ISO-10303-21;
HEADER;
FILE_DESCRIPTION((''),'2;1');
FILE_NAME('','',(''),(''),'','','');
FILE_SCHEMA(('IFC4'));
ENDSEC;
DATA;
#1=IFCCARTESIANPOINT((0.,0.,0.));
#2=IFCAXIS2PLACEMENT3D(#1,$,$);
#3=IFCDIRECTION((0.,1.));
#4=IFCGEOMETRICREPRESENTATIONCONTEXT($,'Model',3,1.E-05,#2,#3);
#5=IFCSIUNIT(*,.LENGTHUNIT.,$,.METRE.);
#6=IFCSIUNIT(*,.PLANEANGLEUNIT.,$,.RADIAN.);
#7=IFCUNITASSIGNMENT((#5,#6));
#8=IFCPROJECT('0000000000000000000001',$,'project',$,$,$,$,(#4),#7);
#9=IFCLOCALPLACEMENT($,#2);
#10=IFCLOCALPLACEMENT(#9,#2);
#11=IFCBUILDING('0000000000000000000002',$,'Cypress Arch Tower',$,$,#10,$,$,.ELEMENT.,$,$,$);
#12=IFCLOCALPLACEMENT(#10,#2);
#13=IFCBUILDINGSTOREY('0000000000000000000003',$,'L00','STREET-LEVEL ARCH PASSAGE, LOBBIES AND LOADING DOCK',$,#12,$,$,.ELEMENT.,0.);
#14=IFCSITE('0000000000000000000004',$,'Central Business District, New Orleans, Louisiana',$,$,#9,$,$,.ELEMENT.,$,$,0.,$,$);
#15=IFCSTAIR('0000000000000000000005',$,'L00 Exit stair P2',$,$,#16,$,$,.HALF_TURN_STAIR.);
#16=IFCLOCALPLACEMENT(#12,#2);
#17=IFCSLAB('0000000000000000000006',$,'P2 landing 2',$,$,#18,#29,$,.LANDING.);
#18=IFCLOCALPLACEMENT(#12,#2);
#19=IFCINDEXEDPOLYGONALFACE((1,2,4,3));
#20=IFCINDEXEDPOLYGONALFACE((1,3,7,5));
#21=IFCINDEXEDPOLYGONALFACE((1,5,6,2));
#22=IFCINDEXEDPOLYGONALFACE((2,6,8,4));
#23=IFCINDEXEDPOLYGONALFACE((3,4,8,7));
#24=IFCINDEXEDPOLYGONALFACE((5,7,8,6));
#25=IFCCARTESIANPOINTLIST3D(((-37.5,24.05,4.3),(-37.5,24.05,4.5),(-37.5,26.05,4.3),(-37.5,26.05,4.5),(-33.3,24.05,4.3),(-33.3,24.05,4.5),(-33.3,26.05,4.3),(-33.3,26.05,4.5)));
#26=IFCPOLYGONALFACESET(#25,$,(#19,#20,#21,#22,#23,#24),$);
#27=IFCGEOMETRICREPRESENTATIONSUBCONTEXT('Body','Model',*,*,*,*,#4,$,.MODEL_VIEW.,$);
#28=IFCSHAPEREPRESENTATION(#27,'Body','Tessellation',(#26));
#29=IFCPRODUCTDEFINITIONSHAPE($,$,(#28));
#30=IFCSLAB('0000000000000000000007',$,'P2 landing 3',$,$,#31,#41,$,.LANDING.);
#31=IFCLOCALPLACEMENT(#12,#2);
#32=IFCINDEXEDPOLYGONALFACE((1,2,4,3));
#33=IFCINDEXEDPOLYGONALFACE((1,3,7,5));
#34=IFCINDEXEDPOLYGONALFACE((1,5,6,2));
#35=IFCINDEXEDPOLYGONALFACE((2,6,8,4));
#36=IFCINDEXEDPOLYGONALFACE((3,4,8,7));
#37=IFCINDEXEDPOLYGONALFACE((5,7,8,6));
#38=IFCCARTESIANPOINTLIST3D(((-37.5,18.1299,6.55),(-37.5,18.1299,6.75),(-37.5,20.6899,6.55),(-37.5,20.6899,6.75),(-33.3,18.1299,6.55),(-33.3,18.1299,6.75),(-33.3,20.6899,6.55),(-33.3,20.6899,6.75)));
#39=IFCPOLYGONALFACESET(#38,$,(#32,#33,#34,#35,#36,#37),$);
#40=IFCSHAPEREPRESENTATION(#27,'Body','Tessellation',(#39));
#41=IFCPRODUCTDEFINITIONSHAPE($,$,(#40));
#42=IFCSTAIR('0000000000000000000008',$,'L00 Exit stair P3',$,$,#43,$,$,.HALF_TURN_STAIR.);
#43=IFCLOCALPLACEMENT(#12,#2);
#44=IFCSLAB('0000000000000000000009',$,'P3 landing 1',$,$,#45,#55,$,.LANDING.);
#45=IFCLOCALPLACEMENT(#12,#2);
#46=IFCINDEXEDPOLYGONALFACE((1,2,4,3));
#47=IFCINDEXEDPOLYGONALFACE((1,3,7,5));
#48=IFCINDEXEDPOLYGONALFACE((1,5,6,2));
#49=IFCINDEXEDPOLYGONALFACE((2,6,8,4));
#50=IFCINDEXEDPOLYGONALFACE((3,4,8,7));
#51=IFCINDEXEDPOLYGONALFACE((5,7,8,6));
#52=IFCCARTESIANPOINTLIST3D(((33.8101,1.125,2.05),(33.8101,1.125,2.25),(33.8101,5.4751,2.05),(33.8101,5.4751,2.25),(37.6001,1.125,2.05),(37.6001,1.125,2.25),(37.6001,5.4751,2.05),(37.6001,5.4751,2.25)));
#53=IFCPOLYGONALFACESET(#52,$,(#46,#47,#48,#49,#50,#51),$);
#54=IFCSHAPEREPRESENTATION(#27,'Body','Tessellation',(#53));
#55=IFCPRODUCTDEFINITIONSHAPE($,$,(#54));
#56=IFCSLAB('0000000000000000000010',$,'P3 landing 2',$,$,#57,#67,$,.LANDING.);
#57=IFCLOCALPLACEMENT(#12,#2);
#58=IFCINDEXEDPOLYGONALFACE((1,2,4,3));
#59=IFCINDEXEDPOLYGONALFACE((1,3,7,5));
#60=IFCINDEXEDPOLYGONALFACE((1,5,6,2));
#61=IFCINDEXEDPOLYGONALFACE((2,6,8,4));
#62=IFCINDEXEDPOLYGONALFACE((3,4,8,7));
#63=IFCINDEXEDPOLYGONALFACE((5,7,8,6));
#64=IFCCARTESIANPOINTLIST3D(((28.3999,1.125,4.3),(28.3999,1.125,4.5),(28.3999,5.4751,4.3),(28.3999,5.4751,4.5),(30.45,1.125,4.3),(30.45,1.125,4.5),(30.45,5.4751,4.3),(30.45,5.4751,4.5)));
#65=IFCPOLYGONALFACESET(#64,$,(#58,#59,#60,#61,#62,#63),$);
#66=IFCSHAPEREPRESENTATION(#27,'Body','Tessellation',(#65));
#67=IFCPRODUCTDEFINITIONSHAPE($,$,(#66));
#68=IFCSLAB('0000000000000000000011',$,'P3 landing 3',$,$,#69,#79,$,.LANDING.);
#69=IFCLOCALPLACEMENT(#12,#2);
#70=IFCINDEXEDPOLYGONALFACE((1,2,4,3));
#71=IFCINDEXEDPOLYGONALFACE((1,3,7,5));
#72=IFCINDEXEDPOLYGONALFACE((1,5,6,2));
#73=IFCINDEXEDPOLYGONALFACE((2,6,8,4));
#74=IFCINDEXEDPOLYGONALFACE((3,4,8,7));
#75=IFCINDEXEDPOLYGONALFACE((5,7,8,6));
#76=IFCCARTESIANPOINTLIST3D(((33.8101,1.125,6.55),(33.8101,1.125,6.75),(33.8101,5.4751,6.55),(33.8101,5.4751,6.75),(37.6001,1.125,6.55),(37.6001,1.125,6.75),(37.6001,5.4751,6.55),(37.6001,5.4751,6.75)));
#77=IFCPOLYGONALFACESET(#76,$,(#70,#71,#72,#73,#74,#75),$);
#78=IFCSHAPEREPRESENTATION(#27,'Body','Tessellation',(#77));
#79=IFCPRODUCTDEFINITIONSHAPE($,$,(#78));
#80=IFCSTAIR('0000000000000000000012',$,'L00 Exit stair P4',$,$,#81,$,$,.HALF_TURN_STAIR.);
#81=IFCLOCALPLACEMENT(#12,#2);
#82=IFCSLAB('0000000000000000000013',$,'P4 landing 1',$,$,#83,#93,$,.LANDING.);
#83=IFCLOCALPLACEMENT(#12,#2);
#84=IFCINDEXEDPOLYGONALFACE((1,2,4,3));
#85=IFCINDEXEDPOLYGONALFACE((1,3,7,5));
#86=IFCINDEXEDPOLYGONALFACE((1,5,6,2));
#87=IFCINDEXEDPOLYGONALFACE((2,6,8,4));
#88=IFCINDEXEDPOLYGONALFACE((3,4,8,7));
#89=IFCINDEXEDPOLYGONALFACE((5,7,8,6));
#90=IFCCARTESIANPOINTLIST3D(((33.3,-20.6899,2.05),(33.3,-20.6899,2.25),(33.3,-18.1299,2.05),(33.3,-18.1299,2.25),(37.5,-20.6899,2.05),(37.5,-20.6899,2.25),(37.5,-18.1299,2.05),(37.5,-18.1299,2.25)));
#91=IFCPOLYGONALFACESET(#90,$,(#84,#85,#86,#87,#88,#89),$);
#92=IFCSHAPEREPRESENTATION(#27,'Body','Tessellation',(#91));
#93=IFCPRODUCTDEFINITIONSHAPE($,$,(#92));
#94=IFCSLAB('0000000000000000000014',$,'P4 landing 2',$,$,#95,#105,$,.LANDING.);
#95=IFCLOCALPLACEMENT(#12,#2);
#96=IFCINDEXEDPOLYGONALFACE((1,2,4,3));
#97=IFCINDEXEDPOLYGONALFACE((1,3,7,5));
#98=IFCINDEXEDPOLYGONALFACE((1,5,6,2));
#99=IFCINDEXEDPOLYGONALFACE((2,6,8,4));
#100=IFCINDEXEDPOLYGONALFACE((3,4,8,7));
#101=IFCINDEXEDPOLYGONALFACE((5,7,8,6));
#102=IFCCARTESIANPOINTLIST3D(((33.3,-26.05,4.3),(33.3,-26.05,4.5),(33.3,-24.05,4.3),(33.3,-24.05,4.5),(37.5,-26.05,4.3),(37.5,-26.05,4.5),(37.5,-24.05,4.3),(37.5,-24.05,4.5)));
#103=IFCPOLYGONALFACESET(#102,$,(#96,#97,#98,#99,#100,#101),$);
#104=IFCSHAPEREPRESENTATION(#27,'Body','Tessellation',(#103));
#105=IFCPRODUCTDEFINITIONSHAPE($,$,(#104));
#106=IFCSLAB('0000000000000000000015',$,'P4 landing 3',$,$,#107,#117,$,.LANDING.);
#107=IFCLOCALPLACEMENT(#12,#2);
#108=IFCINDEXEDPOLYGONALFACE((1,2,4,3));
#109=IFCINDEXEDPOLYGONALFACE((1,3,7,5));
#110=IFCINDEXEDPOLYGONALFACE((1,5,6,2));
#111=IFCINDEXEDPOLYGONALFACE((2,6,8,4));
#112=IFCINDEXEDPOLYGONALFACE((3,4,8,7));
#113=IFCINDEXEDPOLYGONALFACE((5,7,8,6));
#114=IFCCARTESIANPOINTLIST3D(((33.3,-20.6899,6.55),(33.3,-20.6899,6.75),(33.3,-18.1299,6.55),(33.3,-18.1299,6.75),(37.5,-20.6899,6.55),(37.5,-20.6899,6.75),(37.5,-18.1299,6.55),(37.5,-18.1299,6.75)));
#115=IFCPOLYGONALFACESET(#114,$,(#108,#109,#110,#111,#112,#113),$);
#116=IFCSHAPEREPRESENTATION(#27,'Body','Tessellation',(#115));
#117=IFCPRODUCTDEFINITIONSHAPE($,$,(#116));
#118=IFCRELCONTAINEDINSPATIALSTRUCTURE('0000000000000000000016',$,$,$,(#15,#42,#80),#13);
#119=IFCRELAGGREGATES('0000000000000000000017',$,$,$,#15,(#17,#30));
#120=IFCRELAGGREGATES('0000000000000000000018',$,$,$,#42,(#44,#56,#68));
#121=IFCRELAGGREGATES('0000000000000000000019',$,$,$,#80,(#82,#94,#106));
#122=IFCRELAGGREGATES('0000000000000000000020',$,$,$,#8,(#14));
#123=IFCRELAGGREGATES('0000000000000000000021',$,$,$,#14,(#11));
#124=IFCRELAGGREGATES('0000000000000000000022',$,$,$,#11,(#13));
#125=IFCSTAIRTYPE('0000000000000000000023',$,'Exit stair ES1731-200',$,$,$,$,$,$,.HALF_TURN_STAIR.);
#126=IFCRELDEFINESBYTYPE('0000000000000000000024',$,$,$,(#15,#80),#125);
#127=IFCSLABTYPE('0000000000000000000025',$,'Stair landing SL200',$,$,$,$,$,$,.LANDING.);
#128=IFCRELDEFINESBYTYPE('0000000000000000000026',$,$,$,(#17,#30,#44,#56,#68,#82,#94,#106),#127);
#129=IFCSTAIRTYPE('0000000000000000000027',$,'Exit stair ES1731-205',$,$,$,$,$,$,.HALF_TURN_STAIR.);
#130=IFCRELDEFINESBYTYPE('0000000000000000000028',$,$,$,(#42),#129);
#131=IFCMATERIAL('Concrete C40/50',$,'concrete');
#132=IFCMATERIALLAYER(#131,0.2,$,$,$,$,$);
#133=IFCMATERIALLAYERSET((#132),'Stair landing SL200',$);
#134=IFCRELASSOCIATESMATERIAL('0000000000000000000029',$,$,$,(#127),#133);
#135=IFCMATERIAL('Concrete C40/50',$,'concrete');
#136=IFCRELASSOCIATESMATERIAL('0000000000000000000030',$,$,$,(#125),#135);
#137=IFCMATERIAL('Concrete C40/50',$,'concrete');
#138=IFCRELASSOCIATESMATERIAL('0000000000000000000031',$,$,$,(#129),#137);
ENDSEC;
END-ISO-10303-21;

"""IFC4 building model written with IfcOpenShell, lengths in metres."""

from ifc_helpers import new_model, si_unit, direction, frame, origin, place, context, subcontext, project, spatial, polyline, outline, extrude, material, layer, layer_set, type_object, element, aggregate, save


model = new_model("IFC4")

# Units and contexts
model_context = context("Model", 3, precision=1e-05, world=origin(), true_north=direction((0.0, 1.0)))
body_context = subcontext(model_context, "Body", "Model", "MODEL_VIEW")
ifc_project = project(units=[si_unit("LENGTHUNIT", "METRE"), si_unit("PLANEANGLEUNIT", "RADIAN")], contexts=[model_context])

# Site, building, storey
site_placement = place(None, origin())
site = spatial("IfcSite", under=ifc_project, at=site_placement, Name="Central Business District, New Orleans, Louisiana", CompositionType="ELEMENT", RefElevation=0.0)
building_placement = place(site_placement, origin())
building = spatial("IfcBuilding", under=site, at=building_placement, Name="Cypress Arch Tower", CompositionType="ELEMENT")
storey_placement = place(building_placement, origin())
storey = spatial("IfcBuildingStorey", under=building, at=storey_placement, Name="L00", Description="STREET-LEVEL ARCH PASSAGE, LOBBIES AND LOADING DOCK", CompositionType="ELEMENT", Elevation=0.0)

# Shared definitions
ifc_material_1 = material(Name="Concrete C40/50", Category="concrete")
ifc_layer = layer(ifc_material_1, 0.2)
ifc_layer_set = layer_set([ifc_layer], Name="Stair landing SL200")
slab_type = type_object("IfcSlabType", Name="Stair landing SL200", PredefinedType="LANDING", material=ifc_layer_set)

# Stairs, slabs
ifc_material_2 = material(Name="Concrete C40/50", Category="concrete")
stair_type_1 = type_object("IfcStairType", Name="Exit stair ES1731-200", PredefinedType="HALF_TURN_STAIR", material=ifc_material_2)
stair_1_placement = place(storey_placement, origin())
stair_1 = element("IfcStair", 1, at=stair_1_placement, inside=storey, type_object=stair_type_1, Name="L00 Exit stair P2", PredefinedType="HALF_TURN_STAIR")
slab_1_placement = place(storey_placement, frame((0.0, 0.0, 4.3)))
slab_1 = element("IfcSlab", 2, at=slab_1_placement, type_object=slab_type, Name="P2 landing 2", PredefinedType="LANDING", context=body_context, shape_type="SweptSolid", body=[
    extrude(outline(polyline([(-37.5, 26.05), (-37.5, 24.05), (-33.3, 24.05), (-33.3, 26.05), (-37.5, 26.05)])), origin(), (0.0, 0.0, 1.0), 0.2),
])
slab_2_placement = place(storey_placement, frame((0.0, 0.0, 6.55)))
slab_2 = element("IfcSlab", 3, at=slab_2_placement, type_object=slab_type, Name="P2 landing 3", PredefinedType="LANDING", context=body_context, shape_type="SweptSolid", body=[
    extrude(outline(polyline([(-37.5, 20.6899), (-37.5, 18.1299), (-33.3, 18.1299), (-33.3, 20.6899), (-37.5, 20.6899)])), origin(), (0.0, 0.0, 1.0), 0.2),
])
aggregate(stair_1, [slab_1, slab_2])
ifc_material_3 = material(Name="Concrete C40/50", Category="concrete")
stair_type_2 = type_object("IfcStairType", Name="Exit stair ES1731-205", PredefinedType="HALF_TURN_STAIR", material=ifc_material_3)
stair_2_placement = place(storey_placement, origin())
stair_2 = element("IfcStair", 4, at=stair_2_placement, inside=storey, type_object=stair_type_2, Name="L00 Exit stair P3", PredefinedType="HALF_TURN_STAIR")
slab_3_placement = place(storey_placement, frame((0.0, 0.0, 2.05)))
slab_3 = element("IfcSlab", 5, at=slab_3_placement, type_object=slab_type, Name="P3 landing 1", PredefinedType="LANDING", context=body_context, shape_type="SweptSolid", body=[
    extrude(outline(polyline([(33.8101, 1.125), (37.6001, 1.125), (37.6001, 5.4751), (33.8101, 5.4751), (33.8101, 1.125)])), origin(), (0.0, 0.0, 1.0), 0.2),
])
slab_4_placement = place(storey_placement, frame((0.0, 0.0, 4.3)))
slab_4 = element("IfcSlab", 6, at=slab_4_placement, type_object=slab_type, Name="P3 landing 2", PredefinedType="LANDING", context=body_context, shape_type="SweptSolid", body=[
    extrude(outline(polyline([(28.3999, 1.125), (30.45, 1.125), (30.45, 5.4751), (28.3999, 5.4751), (28.3999, 1.125)])), origin(), (0.0, 0.0, 1.0), 0.2),
])
slab_5_placement = place(storey_placement, frame((0.0, 0.0, 6.55)))
slab_5 = element("IfcSlab", 7, at=slab_5_placement, type_object=slab_type, Name="P3 landing 3", PredefinedType="LANDING", context=body_context, shape_type="SweptSolid", body=[
    extrude(outline(polyline([(33.8101, 1.125), (37.6001, 1.125), (37.6001, 5.4751), (33.8101, 5.4751), (33.8101, 1.125)])), origin(), (0.0, 0.0, 1.0), 0.2),
])
aggregate(stair_2, [slab_3, slab_4, slab_5])
stair_3_placement = place(storey_placement, origin())
stair_3 = element("IfcStair", 8, at=stair_3_placement, inside=storey, type_object=stair_type_1, Name="L00 Exit stair P4", PredefinedType="HALF_TURN_STAIR")
slab_6_placement = place(storey_placement, frame((0.0, 0.0, 2.05)))
slab_6 = element("IfcSlab", 9, at=slab_6_placement, type_object=slab_type, Name="P4 landing 1", PredefinedType="LANDING", context=body_context, shape_type="SweptSolid", body=[
    extrude(outline(polyline([(37.5, -20.6899), (37.5, -18.1299), (33.3, -18.1299), (33.3, -20.6899), (37.5, -20.6899)])), origin(), (0.0, 0.0, 1.0), 0.2),
])
slab_7_placement = place(storey_placement, frame((0.0, 0.0, 4.3)))
slab_7 = element("IfcSlab", 10, at=slab_7_placement, type_object=slab_type, Name="P4 landing 2", PredefinedType="LANDING", context=body_context, shape_type="SweptSolid", body=[
    extrude(outline(polyline([(37.5, -26.05), (37.5, -24.05), (33.3, -24.05), (33.3, -26.05), (37.5, -26.05)])), origin(), (0.0, 0.0, 1.0), 0.2),
])
slab_8_placement = place(storey_placement, frame((0.0, 0.0, 6.55)))
slab_8 = element("IfcSlab", 11, at=slab_8_placement, type_object=slab_type, Name="P4 landing 3", PredefinedType="LANDING", context=body_context, shape_type="SweptSolid", body=[
    extrude(outline(polyline([(37.5, -20.6899), (37.5, -18.1299), (33.3, -18.1299), (33.3, -20.6899), (37.5, -20.6899)])), origin(), (0.0, 0.0, 1.0), 0.2),
])
aggregate(stair_3, [slab_6, slab_7, slab_8])

save(model, "model.ifc")
